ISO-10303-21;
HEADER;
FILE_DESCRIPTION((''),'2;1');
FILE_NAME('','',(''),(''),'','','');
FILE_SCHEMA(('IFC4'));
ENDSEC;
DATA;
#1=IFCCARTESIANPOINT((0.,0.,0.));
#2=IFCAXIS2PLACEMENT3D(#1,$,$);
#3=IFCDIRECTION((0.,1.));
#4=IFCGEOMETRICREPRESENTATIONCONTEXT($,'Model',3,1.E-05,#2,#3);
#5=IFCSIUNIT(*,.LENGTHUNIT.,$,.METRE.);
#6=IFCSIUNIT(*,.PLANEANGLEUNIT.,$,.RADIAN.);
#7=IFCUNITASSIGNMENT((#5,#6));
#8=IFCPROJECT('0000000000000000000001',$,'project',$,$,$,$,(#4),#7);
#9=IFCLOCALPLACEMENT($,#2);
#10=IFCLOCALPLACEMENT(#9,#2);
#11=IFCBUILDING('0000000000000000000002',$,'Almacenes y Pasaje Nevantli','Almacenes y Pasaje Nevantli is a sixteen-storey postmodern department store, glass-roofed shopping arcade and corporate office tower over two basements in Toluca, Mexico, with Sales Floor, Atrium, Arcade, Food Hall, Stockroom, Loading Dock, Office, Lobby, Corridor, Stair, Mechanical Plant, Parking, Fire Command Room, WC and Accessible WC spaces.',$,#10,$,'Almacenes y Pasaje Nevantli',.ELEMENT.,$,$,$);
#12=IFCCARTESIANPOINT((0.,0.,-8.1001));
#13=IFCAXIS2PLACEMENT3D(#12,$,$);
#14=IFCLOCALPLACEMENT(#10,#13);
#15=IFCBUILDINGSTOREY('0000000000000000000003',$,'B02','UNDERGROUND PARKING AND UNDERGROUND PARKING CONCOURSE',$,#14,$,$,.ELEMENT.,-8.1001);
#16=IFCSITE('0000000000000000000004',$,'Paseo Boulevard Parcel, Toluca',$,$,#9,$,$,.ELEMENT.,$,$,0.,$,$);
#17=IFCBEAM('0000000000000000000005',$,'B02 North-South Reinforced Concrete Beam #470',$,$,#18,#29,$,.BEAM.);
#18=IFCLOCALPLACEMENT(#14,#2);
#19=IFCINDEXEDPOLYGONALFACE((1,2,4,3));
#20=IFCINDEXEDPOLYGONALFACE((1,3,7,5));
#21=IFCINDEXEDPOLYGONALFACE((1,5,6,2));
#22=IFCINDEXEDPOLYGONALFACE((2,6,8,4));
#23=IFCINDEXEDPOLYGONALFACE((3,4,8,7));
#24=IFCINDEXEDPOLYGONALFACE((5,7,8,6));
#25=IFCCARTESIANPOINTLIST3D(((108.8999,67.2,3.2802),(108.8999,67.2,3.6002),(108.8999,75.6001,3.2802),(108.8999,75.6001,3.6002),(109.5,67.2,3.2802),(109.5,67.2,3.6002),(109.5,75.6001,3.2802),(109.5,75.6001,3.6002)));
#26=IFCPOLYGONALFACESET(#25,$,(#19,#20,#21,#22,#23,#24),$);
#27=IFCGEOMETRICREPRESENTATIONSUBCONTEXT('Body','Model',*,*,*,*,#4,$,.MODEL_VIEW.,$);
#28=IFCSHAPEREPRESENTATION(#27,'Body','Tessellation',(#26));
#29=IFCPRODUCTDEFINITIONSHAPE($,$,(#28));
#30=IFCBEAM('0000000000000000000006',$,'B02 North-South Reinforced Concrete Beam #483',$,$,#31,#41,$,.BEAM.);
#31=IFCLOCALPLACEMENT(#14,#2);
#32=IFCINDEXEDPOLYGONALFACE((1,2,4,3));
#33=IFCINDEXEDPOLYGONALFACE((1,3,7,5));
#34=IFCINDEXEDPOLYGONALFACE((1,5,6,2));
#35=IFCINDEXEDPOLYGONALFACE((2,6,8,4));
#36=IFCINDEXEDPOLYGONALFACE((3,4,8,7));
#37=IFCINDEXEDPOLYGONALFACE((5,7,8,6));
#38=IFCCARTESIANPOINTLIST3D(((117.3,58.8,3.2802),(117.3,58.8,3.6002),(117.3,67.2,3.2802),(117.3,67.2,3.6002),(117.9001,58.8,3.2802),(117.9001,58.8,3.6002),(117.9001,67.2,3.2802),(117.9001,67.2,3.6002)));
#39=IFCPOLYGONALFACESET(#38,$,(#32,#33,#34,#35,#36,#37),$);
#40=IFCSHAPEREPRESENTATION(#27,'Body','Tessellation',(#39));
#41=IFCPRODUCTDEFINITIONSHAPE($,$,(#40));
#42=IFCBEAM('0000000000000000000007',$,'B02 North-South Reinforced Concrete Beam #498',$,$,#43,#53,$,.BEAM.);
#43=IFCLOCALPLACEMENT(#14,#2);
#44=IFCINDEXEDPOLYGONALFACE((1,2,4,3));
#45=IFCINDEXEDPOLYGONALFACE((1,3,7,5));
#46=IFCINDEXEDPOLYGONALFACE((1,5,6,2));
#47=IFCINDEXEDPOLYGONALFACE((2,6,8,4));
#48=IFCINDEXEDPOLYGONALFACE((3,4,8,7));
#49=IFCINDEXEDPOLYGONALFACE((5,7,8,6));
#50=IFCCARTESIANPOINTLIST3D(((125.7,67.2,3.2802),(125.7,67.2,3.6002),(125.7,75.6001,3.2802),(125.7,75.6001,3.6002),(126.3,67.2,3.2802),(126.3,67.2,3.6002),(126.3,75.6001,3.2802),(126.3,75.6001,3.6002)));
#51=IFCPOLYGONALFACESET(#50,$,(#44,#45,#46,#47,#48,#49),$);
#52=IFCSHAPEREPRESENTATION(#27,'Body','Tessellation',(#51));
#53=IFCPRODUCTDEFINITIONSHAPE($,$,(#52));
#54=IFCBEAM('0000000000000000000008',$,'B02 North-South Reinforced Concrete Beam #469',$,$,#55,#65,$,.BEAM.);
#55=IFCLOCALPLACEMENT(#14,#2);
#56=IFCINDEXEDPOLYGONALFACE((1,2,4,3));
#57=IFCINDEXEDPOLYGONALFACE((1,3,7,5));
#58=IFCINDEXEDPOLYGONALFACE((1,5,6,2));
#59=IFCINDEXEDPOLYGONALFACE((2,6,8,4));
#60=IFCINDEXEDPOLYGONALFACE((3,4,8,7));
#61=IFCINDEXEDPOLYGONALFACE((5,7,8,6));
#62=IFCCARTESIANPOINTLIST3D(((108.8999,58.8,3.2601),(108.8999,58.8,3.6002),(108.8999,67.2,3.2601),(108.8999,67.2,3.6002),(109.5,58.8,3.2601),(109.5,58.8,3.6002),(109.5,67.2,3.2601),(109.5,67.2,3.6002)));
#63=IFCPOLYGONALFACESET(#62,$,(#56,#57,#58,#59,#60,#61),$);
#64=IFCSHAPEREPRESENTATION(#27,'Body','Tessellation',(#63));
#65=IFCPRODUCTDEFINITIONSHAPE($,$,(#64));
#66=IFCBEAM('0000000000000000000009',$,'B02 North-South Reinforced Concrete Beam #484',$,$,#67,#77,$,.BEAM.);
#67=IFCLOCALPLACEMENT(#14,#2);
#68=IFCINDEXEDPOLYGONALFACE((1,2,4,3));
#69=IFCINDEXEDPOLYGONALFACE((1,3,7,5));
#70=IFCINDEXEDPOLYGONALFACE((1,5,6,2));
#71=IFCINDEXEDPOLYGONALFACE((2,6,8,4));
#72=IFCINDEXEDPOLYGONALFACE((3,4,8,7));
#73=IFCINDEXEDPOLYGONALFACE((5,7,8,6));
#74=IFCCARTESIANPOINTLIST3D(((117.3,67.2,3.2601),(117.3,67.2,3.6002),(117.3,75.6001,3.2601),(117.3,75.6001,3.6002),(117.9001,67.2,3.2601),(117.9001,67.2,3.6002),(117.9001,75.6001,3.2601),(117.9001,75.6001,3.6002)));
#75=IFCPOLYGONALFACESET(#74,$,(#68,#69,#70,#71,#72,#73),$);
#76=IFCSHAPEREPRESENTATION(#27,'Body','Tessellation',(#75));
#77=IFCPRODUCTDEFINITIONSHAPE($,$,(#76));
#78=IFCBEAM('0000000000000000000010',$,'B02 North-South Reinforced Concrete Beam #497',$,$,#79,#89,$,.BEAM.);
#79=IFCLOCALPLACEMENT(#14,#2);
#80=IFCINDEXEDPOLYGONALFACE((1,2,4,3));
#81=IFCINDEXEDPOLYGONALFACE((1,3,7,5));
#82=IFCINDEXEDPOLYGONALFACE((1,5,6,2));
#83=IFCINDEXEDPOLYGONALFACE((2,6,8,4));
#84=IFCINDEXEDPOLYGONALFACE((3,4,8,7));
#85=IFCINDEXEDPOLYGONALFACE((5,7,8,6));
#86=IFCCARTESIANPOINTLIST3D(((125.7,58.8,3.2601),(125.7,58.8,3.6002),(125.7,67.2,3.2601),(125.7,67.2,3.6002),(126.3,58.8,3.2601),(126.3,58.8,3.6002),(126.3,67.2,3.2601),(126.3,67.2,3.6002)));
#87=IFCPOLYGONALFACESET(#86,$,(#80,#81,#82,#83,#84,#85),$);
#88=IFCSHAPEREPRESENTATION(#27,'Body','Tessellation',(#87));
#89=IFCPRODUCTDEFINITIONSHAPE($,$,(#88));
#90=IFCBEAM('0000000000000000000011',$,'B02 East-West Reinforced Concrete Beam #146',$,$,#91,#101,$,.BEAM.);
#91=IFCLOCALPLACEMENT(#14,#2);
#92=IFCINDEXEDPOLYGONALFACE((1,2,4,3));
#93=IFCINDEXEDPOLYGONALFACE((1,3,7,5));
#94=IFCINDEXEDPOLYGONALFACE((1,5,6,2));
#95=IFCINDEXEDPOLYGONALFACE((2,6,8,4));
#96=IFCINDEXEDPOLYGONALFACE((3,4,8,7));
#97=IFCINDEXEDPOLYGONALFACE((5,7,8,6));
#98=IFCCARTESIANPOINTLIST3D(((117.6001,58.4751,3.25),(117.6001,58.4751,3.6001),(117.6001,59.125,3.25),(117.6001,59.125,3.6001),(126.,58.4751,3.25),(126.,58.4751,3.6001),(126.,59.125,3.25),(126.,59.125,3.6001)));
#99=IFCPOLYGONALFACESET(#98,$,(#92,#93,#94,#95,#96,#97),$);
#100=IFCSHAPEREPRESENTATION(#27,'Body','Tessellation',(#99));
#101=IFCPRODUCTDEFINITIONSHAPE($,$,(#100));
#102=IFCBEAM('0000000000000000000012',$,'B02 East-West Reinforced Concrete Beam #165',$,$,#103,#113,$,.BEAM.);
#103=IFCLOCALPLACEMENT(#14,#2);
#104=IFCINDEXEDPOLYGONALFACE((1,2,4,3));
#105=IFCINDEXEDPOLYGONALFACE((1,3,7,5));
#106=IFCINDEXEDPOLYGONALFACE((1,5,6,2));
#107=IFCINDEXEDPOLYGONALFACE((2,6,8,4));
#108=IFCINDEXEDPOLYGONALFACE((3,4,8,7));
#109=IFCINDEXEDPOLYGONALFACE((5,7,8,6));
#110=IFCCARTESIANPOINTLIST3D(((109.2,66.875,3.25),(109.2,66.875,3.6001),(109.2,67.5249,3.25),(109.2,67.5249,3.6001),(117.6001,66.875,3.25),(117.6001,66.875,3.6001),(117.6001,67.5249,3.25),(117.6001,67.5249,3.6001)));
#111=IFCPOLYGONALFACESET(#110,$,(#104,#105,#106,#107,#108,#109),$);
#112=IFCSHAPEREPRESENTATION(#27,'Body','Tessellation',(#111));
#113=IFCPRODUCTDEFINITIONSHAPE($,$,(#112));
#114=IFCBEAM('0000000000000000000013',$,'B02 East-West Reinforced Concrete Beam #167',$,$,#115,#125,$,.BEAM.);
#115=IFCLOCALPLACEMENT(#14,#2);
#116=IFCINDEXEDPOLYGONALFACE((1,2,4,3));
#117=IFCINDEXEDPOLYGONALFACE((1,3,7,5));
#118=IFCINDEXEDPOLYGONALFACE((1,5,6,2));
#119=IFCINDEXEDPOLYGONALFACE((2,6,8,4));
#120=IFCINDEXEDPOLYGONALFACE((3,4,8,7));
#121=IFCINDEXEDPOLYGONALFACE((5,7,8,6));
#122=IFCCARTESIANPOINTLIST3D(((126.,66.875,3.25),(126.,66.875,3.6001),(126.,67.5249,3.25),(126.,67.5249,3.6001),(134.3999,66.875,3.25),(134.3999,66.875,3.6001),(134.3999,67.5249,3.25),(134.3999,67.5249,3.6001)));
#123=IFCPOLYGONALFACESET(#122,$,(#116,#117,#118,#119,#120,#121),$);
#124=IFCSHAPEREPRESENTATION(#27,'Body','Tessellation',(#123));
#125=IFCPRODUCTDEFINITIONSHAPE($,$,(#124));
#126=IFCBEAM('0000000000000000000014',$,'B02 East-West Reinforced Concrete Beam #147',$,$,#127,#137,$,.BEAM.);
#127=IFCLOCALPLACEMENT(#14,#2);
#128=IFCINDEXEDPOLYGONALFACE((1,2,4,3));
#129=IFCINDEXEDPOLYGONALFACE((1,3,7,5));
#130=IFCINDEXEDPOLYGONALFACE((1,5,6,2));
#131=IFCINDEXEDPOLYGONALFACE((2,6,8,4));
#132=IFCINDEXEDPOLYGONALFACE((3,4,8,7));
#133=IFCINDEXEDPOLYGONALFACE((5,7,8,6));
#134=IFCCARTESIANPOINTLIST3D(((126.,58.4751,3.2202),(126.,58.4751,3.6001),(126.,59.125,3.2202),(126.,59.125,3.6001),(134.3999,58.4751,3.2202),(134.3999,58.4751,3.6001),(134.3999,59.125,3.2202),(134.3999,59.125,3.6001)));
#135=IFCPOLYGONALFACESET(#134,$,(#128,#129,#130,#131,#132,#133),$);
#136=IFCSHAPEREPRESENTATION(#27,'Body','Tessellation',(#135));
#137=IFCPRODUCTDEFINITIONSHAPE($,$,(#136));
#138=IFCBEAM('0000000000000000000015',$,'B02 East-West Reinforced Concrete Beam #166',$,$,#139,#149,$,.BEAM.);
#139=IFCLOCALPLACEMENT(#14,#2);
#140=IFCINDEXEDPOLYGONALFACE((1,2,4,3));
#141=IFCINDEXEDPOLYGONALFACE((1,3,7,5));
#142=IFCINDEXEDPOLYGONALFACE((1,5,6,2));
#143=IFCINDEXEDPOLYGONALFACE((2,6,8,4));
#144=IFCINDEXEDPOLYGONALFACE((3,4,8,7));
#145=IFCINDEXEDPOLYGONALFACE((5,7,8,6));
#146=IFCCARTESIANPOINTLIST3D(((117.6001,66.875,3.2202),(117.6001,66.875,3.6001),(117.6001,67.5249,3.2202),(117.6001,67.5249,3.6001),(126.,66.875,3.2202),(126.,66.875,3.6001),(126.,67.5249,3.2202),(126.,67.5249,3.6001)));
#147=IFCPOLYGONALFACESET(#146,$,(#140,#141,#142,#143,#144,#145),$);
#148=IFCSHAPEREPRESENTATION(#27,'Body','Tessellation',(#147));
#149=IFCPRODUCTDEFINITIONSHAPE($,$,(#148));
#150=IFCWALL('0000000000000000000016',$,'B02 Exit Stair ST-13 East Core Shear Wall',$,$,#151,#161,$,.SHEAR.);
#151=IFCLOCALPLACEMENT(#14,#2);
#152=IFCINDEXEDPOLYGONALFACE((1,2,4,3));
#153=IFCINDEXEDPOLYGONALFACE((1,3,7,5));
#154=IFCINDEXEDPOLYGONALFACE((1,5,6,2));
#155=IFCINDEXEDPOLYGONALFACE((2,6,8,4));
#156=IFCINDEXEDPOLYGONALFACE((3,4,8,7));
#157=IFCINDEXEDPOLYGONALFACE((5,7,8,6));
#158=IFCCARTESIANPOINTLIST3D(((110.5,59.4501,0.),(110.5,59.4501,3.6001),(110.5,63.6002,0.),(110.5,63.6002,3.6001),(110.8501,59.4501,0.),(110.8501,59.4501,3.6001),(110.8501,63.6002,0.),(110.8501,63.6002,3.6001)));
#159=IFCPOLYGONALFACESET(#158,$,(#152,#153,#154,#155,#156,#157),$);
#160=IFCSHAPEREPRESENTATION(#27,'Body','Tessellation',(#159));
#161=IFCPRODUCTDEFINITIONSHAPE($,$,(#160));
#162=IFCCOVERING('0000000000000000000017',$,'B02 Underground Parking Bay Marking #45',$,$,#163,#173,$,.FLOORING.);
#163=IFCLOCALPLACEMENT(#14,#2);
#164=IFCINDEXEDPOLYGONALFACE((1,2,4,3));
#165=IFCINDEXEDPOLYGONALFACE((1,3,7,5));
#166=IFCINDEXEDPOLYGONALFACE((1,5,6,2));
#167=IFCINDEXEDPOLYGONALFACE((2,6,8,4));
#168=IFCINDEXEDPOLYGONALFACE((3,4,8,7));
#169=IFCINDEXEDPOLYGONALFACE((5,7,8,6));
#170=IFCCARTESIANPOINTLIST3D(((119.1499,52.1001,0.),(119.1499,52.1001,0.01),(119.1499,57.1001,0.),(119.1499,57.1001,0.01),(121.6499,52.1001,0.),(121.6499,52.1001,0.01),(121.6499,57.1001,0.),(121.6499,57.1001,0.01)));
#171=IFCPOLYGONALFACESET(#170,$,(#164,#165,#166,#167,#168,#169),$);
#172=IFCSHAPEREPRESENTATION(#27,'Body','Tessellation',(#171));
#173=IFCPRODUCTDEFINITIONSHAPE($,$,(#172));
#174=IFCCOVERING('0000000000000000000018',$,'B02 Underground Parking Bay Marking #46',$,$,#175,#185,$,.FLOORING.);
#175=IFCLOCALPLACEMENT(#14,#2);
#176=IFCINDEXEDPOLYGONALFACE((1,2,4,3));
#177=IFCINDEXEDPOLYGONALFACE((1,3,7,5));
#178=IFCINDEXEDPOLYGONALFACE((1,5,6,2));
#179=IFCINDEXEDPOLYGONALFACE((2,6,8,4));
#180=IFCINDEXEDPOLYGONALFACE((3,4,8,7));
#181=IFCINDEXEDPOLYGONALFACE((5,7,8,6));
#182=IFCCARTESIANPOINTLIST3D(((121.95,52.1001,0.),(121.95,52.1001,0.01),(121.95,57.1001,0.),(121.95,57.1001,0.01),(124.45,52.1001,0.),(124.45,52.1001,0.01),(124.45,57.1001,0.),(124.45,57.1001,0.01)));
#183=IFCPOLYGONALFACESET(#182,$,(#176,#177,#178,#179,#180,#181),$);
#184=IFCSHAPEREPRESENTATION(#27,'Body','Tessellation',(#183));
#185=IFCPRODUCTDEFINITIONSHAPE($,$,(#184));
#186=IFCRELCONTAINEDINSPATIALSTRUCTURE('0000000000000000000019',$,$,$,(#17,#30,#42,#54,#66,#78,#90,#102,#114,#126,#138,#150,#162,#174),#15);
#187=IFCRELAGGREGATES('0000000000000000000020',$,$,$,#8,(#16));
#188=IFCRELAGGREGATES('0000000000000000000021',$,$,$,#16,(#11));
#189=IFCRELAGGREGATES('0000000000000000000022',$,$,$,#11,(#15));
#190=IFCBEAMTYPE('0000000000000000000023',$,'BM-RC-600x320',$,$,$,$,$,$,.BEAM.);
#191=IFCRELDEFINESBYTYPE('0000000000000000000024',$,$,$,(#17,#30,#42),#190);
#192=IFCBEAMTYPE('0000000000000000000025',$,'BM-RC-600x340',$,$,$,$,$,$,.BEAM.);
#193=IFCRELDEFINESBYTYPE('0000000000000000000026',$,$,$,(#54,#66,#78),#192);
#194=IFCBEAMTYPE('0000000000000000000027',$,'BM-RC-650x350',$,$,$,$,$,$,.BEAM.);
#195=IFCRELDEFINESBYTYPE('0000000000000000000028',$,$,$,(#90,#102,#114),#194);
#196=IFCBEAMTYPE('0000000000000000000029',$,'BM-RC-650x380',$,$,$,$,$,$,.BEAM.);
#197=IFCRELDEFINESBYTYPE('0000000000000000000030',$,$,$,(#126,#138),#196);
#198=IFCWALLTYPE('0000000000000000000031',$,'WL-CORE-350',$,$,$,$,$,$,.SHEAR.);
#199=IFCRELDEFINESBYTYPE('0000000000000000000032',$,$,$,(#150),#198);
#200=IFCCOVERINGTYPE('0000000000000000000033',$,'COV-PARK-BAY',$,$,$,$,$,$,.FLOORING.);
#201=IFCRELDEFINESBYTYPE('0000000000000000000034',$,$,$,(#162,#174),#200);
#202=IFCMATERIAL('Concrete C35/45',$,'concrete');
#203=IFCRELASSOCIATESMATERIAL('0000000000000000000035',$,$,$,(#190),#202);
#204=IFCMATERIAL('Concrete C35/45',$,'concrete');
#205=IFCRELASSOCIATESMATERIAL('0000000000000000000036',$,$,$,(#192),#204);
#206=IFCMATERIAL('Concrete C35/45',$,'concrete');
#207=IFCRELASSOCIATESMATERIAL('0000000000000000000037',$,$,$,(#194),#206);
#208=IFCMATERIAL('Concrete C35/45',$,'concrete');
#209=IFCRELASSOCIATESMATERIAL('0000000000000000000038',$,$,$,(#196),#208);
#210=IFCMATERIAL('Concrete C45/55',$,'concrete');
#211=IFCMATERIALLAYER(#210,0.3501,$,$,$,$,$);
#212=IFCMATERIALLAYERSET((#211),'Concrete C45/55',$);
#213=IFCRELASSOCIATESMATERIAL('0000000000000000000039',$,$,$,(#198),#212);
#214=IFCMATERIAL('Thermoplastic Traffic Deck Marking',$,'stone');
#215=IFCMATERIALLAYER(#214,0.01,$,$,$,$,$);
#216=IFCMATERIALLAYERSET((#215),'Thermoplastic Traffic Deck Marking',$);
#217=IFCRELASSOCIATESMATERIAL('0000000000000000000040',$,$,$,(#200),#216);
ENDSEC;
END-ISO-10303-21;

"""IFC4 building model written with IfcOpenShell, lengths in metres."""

from ifc_helpers import new_model, si_unit, direction, frame, frame_2d, origin, origin_2d, place, context, subcontext, project, spatial, rectangle, extrude, material, layer, layer_set, material_profile, profile_set, type_object, element, save


model = new_model("IFC4")

# Units and contexts
model_context = context("Model", 3, precision=1e-05, world=origin(), true_north=direction((0.0, 1.0)))
body_context = subcontext(model_context, "Body", "Model", "MODEL_VIEW")
ifc_project = project(units=[si_unit("LENGTHUNIT", "METRE"), si_unit("PLANEANGLEUNIT", "RADIAN")], contexts=[model_context])

# Site, building, storey
site_placement = place(None, origin())
site = spatial("IfcSite", under=ifc_project, at=site_placement, Name="Paseo Boulevard Parcel, Toluca", CompositionType="ELEMENT", RefElevation=0.0)
building_placement = place(site_placement, origin())
building = spatial("IfcBuilding", under=site, at=building_placement, Name="Almacenes y Pasaje Nevantli", Description="Almacenes y Pasaje Nevantli is a sixteen-storey postmodern department store, glass-roofed shopping arcade and corporate office tower over two basements in Toluca, Mexico, with Sales Floor, Atrium, Arcade, Food Hall, Stockroom, Loading Dock, Office, Lobby, Corridor, Stair, Mechanical Plant, Parking, Fire Command Room, WC and Accessible WC spaces.", LongName="Almacenes y Pasaje Nevantli", CompositionType="ELEMENT")
storey_placement = place(building_placement, frame((0.0, 0.0, -8.1001)))
storey = spatial("IfcBuildingStorey", under=building, at=storey_placement, Name="B02", Description="UNDERGROUND PARKING AND UNDERGROUND PARKING CONCOURSE", CompositionType="ELEMENT", Elevation=-8.1001)

# Beams
ifc_material_1 = material(Name="Concrete C35/45", Category="concrete")
ifc_material_profile_1 = material_profile(ifc_material_1, rectangle(XDim=0.6001, YDim=0.3201, at=origin_2d()), Name="RC-BM-600x320")
ifc_profile_set_1 = profile_set([ifc_material_profile_1], Name="Concrete C35/45")
beam_type_1 = type_object("IfcBeamType", Name="BM-RC-600x320", PredefinedType="BEAM", material=ifc_profile_set_1)
beam_1_placement = place(storey_placement, frame((109.2, 67.2, 3.4402), z_axis=(0.0, 1.0, 0.0), x_axis=(-1.0, 0.0, 0.0)))
element("IfcBeam", 1, at=beam_1_placement, inside=storey, type_object=beam_type_1, Name="B02 North-South Reinforced Concrete Beam #470", PredefinedType="BEAM", context=body_context, shape_type="SweptSolid", body=[
    extrude(rectangle(XDim=0.6001, YDim=0.3201, at=origin_2d()), origin(), (0.0, 0.0, 1.0), 8.4001),
])
beam_2_placement = place(storey_placement, frame((117.6001, 58.8, 3.4402), z_axis=(0.0, 1.0, 0.0), x_axis=(-1.0, 0.0, 0.0)))
element("IfcBeam", 2, at=beam_2_placement, inside=storey, type_object=beam_type_1, Name="B02 North-South Reinforced Concrete Beam #483", PredefinedType="BEAM", context=body_context, shape_type="SweptSolid", body=[
    extrude(rectangle(XDim=0.6001, YDim=0.3201, at=origin_2d()), origin(), (0.0, 0.0, 1.0), 8.3999),
])
beam_3_placement = place(storey_placement, frame((126.0, 67.2, 3.4402), z_axis=(0.0, 1.0, 0.0), x_axis=(-1.0, 0.0, 0.0)))
element("IfcBeam", 3, at=beam_3_placement, inside=storey, type_object=beam_type_1, Name="B02 North-South Reinforced Concrete Beam #498", PredefinedType="BEAM", context=body_context, shape_type="SweptSolid", body=[
    extrude(rectangle(XDim=0.6001, YDim=0.3201, at=origin_2d()), origin(), (0.0, 0.0, 1.0), 8.4001),
])
ifc_material_2 = material(Name="Concrete C35/45", Category="concrete")
ifc_material_profile_2 = material_profile(ifc_material_2, rectangle(XDim=0.6001, YDim=0.3401, at=origin_2d()), Name="RC-BM-600x340")
ifc_profile_set_2 = profile_set([ifc_material_profile_2], Name="Concrete C35/45")
beam_type_2 = type_object("IfcBeamType", Name="BM-RC-600x340", PredefinedType="BEAM", material=ifc_profile_set_2)
beam_4_placement = place(storey_placement, frame((109.2, 58.8, 3.4302), z_axis=(0.0, 1.0, 0.0), x_axis=(-1.0, 0.0, 0.0)))
element("IfcBeam", 4, at=beam_4_placement, inside=storey, type_object=beam_type_2, Name="B02 North-South Reinforced Concrete Beam #469", PredefinedType="BEAM", context=body_context, shape_type="SweptSolid", body=[
    extrude(rectangle(XDim=0.6001, YDim=0.3401, at=origin_2d()), origin(), (0.0, 0.0, 1.0), 8.3999),
])
beam_5_placement = place(storey_placement, frame((117.6001, 67.2, 3.4302), z_axis=(0.0, 1.0, 0.0), x_axis=(-1.0, 0.0, 0.0)))
element("IfcBeam", 5, at=beam_5_placement, inside=storey, type_object=beam_type_2, Name="B02 North-South Reinforced Concrete Beam #484", PredefinedType="BEAM", context=body_context, shape_type="SweptSolid", body=[
    extrude(rectangle(XDim=0.6001, YDim=0.3401, at=origin_2d()), origin(), (0.0, 0.0, 1.0), 8.4001),
])
beam_6_placement = place(storey_placement, frame((126.0, 58.8, 3.4302), z_axis=(0.0, 1.0, 0.0), x_axis=(-1.0, 0.0, 0.0)))
element("IfcBeam", 6, at=beam_6_placement, inside=storey, type_object=beam_type_2, Name="B02 North-South Reinforced Concrete Beam #497", PredefinedType="BEAM", context=body_context, shape_type="SweptSolid", body=[
    extrude(rectangle(XDim=0.6001, YDim=0.3401, at=origin_2d()), origin(), (0.0, 0.0, 1.0), 8.3999),
])
ifc_material_3 = material(Name="Concrete C35/45", Category="concrete")
ifc_material_profile_3 = material_profile(ifc_material_3, rectangle(XDim=0.6499, YDim=0.3501, at=origin_2d()), Name="RC-BM-650x350")
ifc_profile_set_3 = profile_set([ifc_material_profile_3], Name="Concrete C35/45")
beam_type_3 = type_object("IfcBeamType", Name="BM-RC-650x350", PredefinedType="BEAM", material=ifc_profile_set_3)
beam_7_placement = place(storey_placement, frame((117.6001, 58.8, 3.425), z_axis=(1.0, 0.0, 0.0), x_axis=(0.0, 1.0, 0.0)))
element("IfcBeam", 7, at=beam_7_placement, inside=storey, type_object=beam_type_3, Name="B02 East-West Reinforced Concrete Beam #146", PredefinedType="BEAM", context=body_context, shape_type="SweptSolid", body=[
    extrude(rectangle(XDim=0.6499, YDim=0.3501, at=origin_2d()), origin(), (0.0, 0.0, 1.0), 8.3999),
])
beam_8_placement = place(storey_placement, frame((109.2, 67.2, 3.425), z_axis=(1.0, 0.0, 0.0), x_axis=(0.0, 1.0, 0.0)))
element("IfcBeam", 8, at=beam_8_placement, inside=storey, type_object=beam_type_3, Name="B02 East-West Reinforced Concrete Beam #165", PredefinedType="BEAM", context=body_context, shape_type="SweptSolid", body=[
    extrude(rectangle(XDim=0.6499, YDim=0.3501, at=origin_2d()), origin(), (0.0, 0.0, 1.0), 8.4001),
])
beam_9_placement = place(storey_placement, frame((126.0, 67.2, 3.425), z_axis=(1.0, 0.0, 0.0), x_axis=(0.0, 1.0, 0.0)))
element("IfcBeam", 9, at=beam_9_placement, inside=storey, type_object=beam_type_3, Name="B02 East-West Reinforced Concrete Beam #167", PredefinedType="BEAM", context=body_context, shape_type="SweptSolid", body=[
    extrude(rectangle(XDim=0.6499, YDim=0.3501, at=origin_2d()), origin(), (0.0, 0.0, 1.0), 8.3999),
])
ifc_material_4 = material(Name="Concrete C35/45", Category="concrete")
ifc_material_profile_4 = material_profile(ifc_material_4, rectangle(XDim=0.6499, YDim=0.3799, at=origin_2d()), Name="RC-BM-650x380")
ifc_profile_set_4 = profile_set([ifc_material_profile_4], Name="Concrete C35/45")
beam_type_4 = type_object("IfcBeamType", Name="BM-RC-650x380", PredefinedType="BEAM", material=ifc_profile_set_4)
for number, where, z_axis, x_axis, name in (
    (10, (126.0, 58.8, 3.4102), (1.0, 0.0, 0.0), (0.0, 1.0, 0.0), "B02 East-West Reinforced Concrete Beam #147"),
    (11, (117.6001, 67.2, 3.4102), (1.0, 0.0, 0.0), (0.0, 1.0, 0.0), "B02 East-West Reinforced Concrete Beam #166"),
):
    element("IfcBeam", number, at=place(storey_placement, frame(where, z_axis=z_axis, x_axis=x_axis)), inside=storey, type_object=beam_type_4, Name=name, PredefinedType="BEAM", context=body_context, shape_type="SweptSolid", body=[
        extrude(rectangle(XDim=0.6499, YDim=0.3799, at=origin_2d()), origin(), (0.0, 0.0, 1.0), 8.3999),
    ])

# Wall
ifc_material_5 = material(Name="Concrete C45/55", Category="concrete")
ifc_layer_1 = layer(ifc_material_5, 0.3501)
ifc_layer_set_1 = layer_set([ifc_layer_1], Name="Concrete C45/55")
wall_type = type_object("IfcWallType", Name="WL-CORE-350", PredefinedType="SHEAR", material=ifc_layer_set_1)
wall_placement = place(storey_placement, frame((110.675, 59.45, 0.0), z_axis=(0.0, 0.0, 1.0), x_axis=(0.0, 1.0, 0.0)))
element("IfcWall", 12, at=wall_placement, inside=storey, type_object=wall_type, Name="B02 Exit Stair ST-13 East Core Shear Wall", PredefinedType="SHEAR", context=body_context, shape_type="SweptSolid", body=[
    extrude(rectangle(XDim=4.1501, YDim=0.3501, at=frame_2d((2.0752, 0.0))), origin(), (0.0, 0.0, 1.0), 3.6001),
])

# Coverings
ifc_material_6 = material(Name="Thermoplastic Traffic Deck Marking", Category="stone")
ifc_layer_2 = layer(ifc_material_6, 0.01)
ifc_layer_set_2 = layer_set([ifc_layer_2], Name="Thermoplastic Traffic Deck Marking")
covering_type = type_object("IfcCoveringType", Name="COV-PARK-BAY", PredefinedType="FLOORING", material=ifc_layer_set_2)
for number, where, z_axis, x_axis, name in (
    (13, (120.3999, 54.6001, 0.0), (0.0, 0.0, 1.0), (1.0, 0.0, 0.0), "B02 Underground Parking Bay Marking #45"),
    (14, (123.2, 54.6001, 0.0), (0.0, 0.0, 1.0), (1.0, 0.0, 0.0), "B02 Underground Parking Bay Marking #46"),
):
    element("IfcCovering", number, at=place(storey_placement, frame(where, z_axis=z_axis, x_axis=x_axis)), inside=storey, type_object=covering_type, Name=name, PredefinedType="FLOORING", context=body_context, shape_type="SweptSolid", body=[
        extrude(rectangle(XDim=2.5, YDim=5.0, at=origin_2d()), origin(), (0.0, 0.0, 1.0), 0.01),
    ])

save(model, "model.ifc")
